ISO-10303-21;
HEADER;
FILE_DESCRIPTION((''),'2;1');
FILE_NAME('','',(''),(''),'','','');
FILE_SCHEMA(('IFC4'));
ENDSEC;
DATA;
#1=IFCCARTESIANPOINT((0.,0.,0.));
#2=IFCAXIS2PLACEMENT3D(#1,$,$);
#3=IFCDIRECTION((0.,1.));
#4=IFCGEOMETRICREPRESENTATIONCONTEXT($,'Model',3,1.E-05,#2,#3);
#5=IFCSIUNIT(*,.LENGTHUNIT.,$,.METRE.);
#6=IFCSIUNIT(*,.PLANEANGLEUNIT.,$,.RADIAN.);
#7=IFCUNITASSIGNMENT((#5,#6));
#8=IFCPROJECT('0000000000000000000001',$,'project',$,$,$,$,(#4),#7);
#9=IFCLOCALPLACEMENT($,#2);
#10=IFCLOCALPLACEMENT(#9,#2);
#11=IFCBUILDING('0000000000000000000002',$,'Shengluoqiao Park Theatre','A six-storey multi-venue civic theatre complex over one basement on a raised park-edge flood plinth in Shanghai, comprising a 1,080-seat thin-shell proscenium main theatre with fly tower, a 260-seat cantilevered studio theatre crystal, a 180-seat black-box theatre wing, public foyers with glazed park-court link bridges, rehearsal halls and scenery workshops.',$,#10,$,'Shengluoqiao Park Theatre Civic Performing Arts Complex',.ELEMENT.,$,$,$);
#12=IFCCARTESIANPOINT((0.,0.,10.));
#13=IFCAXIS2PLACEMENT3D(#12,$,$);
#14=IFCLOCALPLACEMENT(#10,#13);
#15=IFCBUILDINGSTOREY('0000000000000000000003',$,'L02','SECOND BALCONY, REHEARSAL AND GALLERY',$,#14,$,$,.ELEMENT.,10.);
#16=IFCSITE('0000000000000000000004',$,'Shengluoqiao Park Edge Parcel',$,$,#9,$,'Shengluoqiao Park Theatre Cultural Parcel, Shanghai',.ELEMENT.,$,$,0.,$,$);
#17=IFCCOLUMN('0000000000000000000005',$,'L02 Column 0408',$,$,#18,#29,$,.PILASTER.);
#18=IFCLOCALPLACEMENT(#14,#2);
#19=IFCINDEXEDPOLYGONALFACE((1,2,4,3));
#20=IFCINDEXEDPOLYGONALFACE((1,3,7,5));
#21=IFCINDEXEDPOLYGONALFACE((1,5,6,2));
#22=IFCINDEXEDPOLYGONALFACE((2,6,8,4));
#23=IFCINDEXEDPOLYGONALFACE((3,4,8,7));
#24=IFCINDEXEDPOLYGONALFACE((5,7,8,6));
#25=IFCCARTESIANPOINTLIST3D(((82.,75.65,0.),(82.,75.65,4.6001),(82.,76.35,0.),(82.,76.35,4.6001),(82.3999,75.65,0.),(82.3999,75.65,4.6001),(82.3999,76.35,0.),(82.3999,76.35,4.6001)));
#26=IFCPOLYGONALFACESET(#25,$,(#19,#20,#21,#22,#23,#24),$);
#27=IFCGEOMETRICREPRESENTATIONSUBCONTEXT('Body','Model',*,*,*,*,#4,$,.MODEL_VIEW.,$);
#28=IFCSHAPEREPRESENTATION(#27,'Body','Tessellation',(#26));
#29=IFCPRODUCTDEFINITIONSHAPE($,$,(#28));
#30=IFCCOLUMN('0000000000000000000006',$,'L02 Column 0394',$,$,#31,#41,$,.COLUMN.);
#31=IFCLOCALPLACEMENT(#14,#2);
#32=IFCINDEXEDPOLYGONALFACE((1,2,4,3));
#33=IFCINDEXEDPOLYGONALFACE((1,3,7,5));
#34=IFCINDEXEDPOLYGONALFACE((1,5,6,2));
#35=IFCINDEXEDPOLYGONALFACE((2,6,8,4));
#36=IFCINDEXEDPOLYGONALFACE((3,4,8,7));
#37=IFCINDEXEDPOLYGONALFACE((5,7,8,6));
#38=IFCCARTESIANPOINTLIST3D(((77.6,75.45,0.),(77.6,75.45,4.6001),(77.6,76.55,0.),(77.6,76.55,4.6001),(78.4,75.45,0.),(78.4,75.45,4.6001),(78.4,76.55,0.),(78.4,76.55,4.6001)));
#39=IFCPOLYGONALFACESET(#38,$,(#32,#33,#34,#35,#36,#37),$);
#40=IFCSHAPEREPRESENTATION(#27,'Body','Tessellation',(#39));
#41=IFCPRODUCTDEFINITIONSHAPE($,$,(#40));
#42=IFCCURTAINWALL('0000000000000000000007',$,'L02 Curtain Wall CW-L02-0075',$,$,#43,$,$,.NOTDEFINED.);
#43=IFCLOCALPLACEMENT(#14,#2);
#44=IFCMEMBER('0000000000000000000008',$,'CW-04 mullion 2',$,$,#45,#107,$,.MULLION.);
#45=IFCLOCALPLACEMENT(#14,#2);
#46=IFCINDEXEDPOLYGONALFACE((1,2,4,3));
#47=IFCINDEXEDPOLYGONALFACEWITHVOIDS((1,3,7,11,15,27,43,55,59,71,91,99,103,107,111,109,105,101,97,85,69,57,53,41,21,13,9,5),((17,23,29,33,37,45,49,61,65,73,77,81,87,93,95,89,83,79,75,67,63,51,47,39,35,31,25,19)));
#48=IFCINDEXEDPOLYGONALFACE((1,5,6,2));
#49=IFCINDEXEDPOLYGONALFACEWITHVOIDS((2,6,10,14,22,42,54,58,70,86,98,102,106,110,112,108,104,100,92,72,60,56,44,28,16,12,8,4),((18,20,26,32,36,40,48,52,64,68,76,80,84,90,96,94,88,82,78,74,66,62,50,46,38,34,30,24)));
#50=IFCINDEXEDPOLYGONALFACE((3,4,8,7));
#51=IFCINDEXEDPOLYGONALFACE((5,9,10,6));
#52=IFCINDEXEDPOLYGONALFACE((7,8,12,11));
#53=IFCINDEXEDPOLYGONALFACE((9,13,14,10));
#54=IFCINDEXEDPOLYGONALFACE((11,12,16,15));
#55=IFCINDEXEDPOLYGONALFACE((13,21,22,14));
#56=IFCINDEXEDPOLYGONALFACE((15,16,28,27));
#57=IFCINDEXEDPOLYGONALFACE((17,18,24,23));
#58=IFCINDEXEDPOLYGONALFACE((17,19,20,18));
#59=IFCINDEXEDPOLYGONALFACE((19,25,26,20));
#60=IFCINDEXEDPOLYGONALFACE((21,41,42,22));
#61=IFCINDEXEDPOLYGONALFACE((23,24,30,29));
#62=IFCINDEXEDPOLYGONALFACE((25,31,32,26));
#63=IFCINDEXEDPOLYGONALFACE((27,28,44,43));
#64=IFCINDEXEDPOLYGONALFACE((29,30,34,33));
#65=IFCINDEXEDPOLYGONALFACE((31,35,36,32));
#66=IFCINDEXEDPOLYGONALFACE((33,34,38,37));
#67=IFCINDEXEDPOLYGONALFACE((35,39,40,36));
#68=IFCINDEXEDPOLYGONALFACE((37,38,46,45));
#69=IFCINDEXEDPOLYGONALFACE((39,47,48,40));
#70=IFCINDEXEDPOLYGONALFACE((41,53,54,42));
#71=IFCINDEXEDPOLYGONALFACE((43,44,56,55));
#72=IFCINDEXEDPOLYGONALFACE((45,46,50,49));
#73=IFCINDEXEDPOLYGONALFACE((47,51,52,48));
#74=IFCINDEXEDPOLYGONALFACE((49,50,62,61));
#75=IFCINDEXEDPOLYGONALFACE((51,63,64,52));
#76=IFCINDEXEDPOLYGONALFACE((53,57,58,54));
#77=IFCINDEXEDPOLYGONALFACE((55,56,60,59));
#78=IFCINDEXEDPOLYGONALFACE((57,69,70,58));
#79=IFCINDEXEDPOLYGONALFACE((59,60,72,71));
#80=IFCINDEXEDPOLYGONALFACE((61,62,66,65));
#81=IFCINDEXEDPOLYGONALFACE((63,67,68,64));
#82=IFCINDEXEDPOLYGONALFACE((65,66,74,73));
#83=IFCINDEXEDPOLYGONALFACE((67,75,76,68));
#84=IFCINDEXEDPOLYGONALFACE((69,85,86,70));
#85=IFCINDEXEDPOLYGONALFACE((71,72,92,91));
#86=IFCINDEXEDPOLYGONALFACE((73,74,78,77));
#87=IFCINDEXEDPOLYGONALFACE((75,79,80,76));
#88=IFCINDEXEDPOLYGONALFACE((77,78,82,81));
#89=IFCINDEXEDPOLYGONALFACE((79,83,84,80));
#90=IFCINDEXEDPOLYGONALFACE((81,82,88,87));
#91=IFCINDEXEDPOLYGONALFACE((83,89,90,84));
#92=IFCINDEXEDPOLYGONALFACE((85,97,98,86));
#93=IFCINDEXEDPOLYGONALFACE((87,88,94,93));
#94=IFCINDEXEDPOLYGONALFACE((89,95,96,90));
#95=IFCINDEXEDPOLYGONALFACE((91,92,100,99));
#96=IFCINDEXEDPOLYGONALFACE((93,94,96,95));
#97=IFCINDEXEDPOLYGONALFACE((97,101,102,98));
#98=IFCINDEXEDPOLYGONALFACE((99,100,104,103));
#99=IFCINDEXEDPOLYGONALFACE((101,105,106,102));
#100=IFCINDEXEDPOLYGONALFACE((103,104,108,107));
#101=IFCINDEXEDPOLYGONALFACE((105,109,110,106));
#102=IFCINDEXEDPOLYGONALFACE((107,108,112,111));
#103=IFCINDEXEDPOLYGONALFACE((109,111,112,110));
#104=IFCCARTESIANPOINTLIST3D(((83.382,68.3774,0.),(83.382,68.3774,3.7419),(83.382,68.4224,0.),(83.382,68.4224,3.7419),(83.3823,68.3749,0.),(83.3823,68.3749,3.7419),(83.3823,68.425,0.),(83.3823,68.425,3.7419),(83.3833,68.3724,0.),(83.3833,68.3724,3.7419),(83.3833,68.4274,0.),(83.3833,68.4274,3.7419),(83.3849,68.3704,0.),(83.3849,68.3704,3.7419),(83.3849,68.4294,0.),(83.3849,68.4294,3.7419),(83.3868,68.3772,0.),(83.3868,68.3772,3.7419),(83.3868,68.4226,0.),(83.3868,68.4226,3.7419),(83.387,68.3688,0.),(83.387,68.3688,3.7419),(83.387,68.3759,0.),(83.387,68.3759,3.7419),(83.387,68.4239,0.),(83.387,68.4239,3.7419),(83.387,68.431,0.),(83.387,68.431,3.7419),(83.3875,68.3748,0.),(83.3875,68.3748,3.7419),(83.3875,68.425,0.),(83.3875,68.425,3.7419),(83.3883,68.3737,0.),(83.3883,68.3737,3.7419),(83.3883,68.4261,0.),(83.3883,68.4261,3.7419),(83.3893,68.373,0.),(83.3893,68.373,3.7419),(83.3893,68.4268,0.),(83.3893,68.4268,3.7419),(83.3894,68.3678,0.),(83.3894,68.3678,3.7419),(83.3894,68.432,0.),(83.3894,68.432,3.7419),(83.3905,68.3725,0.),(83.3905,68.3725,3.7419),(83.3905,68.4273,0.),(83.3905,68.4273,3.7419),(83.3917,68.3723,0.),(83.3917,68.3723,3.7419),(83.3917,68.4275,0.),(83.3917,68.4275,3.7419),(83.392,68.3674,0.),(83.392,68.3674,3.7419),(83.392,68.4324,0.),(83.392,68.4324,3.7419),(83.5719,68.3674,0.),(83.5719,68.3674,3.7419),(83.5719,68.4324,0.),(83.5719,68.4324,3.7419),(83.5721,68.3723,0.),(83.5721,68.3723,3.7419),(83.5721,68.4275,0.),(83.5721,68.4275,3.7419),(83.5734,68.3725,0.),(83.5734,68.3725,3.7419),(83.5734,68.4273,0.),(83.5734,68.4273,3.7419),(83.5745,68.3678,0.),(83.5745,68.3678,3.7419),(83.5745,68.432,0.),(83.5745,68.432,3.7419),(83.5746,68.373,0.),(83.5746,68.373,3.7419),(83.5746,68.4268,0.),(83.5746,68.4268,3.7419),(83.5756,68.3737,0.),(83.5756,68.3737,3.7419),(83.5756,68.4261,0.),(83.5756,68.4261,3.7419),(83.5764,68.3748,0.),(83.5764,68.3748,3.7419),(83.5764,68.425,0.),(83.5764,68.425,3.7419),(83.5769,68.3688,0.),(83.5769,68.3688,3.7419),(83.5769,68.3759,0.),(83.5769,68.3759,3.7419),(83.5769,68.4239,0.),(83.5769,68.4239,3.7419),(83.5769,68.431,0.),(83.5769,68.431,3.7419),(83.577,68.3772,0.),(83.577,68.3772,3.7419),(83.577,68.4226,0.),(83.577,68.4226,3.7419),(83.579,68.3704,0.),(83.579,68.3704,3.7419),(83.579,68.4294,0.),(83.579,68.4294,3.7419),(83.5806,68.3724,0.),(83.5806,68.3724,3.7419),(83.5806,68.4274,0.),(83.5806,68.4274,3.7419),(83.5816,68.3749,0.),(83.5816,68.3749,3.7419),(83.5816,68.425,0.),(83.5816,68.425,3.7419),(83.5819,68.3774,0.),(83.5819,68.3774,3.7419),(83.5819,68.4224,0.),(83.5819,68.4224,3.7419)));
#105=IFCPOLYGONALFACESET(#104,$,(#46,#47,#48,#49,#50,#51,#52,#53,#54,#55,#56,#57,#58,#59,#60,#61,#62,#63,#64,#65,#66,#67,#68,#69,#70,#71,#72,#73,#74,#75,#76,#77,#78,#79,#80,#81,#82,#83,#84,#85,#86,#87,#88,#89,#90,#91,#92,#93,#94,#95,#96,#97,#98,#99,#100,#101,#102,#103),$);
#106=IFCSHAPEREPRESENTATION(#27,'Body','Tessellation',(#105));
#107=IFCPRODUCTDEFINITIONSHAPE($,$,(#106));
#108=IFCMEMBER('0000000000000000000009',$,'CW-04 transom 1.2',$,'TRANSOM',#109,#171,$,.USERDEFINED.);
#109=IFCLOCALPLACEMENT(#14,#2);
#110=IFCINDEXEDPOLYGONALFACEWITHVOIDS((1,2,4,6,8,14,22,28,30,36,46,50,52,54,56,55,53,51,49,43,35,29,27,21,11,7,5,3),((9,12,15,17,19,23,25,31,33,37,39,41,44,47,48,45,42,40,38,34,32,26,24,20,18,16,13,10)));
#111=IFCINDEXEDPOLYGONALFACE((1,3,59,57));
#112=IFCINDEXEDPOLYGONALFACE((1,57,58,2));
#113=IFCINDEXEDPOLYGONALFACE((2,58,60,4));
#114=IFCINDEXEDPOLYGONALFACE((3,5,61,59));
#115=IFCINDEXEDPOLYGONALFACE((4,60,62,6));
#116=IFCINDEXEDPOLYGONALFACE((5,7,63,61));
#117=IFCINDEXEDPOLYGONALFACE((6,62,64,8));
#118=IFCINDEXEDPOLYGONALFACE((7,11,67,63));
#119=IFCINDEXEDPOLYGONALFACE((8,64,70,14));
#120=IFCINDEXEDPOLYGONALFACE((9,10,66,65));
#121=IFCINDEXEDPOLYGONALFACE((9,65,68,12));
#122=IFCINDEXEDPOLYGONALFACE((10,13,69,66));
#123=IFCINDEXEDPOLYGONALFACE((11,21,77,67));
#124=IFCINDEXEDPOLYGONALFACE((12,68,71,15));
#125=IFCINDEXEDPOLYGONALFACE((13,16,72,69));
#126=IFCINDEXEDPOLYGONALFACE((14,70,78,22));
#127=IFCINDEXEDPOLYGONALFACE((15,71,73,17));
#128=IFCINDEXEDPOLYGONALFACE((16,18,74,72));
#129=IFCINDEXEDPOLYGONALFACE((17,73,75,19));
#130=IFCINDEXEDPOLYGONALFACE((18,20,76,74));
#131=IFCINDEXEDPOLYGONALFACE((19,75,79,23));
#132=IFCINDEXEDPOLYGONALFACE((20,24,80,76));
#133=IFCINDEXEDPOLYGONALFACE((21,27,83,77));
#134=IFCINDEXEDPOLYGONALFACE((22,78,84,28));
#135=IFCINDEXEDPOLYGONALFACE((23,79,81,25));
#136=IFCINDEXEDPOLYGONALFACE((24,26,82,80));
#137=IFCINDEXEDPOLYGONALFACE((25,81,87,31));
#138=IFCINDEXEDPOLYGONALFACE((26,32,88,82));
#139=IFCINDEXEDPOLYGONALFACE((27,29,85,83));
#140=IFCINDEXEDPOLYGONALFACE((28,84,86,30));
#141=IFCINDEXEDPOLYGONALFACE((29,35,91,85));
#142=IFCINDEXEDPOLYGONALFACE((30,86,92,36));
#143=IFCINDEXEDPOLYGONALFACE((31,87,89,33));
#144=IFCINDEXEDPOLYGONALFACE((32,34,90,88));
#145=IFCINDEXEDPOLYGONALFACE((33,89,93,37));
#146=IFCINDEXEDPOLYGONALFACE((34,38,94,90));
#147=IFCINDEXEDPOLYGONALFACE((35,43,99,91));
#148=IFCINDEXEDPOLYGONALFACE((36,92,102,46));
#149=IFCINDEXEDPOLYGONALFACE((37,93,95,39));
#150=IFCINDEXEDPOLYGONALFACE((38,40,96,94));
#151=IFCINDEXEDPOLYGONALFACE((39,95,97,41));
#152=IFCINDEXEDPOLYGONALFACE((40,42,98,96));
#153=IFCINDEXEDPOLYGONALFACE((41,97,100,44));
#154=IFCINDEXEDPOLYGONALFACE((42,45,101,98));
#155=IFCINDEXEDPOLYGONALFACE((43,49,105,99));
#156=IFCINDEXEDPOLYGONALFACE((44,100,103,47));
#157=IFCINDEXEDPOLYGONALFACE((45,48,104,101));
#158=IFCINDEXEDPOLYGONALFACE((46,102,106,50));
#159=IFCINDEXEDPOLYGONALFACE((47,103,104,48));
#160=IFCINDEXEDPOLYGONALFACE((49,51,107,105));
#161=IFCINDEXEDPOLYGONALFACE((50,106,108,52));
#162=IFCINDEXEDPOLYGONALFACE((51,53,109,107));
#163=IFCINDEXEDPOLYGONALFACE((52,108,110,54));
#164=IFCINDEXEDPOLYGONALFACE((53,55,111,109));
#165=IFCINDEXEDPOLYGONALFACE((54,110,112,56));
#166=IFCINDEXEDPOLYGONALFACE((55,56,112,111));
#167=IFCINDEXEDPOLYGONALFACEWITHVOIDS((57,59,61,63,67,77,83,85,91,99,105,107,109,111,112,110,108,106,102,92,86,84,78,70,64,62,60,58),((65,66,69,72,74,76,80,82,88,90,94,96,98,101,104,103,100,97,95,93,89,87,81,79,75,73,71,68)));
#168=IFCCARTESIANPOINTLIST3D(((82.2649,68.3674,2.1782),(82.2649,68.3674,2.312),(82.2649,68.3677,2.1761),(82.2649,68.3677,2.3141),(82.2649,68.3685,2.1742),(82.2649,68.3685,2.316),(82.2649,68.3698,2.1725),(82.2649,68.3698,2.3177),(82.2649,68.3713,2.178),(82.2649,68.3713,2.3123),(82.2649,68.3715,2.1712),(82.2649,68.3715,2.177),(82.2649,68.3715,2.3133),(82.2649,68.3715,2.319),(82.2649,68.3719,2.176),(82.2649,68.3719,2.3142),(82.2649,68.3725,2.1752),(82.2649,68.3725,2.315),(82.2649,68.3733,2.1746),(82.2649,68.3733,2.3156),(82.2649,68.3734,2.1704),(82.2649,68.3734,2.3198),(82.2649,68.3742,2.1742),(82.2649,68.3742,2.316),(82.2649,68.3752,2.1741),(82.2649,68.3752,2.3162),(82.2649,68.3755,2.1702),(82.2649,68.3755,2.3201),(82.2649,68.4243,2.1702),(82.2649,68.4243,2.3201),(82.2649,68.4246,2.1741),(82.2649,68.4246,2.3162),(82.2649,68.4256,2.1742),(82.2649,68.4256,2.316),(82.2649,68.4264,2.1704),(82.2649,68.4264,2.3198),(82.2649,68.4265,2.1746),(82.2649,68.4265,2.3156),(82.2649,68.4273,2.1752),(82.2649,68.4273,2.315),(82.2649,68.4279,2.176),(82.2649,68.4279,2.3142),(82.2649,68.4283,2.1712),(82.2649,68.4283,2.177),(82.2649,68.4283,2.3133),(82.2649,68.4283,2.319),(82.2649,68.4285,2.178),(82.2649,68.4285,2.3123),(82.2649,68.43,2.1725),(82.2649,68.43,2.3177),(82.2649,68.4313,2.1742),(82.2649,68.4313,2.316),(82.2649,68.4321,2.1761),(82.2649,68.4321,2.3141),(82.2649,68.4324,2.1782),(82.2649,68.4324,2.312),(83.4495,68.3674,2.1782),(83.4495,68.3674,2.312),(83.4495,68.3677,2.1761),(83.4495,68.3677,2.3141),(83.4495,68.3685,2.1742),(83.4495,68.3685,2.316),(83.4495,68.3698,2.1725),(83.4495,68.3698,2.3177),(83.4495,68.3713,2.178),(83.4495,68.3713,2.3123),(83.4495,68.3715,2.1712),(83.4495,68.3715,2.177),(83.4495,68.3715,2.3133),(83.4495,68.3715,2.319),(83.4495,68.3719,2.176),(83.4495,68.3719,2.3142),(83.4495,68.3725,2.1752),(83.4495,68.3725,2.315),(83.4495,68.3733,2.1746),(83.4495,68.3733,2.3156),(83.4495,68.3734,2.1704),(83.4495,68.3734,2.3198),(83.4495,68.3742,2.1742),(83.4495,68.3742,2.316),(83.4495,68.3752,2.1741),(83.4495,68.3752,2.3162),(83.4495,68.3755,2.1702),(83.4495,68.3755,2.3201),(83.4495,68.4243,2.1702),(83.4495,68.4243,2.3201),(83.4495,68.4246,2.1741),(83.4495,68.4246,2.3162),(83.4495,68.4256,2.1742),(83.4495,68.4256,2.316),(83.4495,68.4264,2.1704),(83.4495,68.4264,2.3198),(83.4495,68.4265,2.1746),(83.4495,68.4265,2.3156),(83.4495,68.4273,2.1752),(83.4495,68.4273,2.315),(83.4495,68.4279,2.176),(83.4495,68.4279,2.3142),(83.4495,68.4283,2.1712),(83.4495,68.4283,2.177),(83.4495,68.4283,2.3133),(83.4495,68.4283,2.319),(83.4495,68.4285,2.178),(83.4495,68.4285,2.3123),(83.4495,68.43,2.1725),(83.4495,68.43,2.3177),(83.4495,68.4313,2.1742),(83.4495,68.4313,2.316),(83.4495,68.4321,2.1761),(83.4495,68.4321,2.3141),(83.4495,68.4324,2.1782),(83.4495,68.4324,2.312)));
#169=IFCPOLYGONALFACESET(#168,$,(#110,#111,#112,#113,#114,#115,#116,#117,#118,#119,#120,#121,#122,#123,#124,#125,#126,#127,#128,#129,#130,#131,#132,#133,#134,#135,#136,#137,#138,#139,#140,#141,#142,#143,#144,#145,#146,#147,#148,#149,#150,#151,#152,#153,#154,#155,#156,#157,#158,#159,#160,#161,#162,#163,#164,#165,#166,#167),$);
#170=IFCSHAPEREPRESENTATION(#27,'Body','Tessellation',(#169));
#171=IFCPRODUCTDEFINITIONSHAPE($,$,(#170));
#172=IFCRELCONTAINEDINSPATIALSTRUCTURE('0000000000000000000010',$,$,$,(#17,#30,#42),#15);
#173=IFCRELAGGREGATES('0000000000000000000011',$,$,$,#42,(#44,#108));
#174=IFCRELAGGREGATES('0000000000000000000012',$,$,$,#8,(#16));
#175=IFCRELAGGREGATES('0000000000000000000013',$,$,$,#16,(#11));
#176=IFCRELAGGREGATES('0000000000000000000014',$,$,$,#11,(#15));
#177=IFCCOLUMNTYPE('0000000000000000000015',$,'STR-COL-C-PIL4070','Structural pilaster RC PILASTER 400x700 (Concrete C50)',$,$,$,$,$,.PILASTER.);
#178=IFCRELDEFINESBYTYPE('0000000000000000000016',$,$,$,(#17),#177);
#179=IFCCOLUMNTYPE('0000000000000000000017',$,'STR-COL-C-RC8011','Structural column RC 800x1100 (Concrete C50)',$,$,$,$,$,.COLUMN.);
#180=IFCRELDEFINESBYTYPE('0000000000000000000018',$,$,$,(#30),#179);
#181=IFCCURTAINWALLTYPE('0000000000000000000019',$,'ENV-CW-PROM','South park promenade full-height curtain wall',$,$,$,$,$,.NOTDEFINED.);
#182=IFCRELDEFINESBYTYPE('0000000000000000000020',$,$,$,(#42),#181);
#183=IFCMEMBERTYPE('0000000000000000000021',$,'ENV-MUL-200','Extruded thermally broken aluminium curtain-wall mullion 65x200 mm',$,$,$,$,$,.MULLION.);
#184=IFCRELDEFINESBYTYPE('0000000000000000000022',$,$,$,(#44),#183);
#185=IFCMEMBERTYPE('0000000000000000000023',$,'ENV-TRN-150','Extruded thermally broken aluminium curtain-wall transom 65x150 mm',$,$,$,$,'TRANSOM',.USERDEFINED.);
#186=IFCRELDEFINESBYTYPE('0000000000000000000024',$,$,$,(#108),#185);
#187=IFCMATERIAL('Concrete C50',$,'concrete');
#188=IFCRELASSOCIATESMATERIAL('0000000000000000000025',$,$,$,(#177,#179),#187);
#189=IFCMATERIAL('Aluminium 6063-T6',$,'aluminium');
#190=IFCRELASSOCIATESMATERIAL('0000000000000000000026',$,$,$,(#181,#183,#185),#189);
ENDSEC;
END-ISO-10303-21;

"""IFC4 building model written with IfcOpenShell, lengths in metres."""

from ifc_helpers import new_model, si_unit, direction, frame, origin, origin_2d, place, context, subcontext, project, spatial, rectangle, hollow_rectangle, extrude, material, material_profile, profile_set, type_object, element, aggregate, save


model = new_model("IFC4")

# Units and contexts
model_context = context("Model", 3, precision=1e-05, world=origin(), true_north=direction((0.0, 1.0)))
body_context = subcontext(model_context, "Body", "Model", "MODEL_VIEW")
ifc_project = project(units=[si_unit("LENGTHUNIT", "METRE"), si_unit("PLANEANGLEUNIT", "RADIAN")], contexts=[model_context])

# Site, building, storey
site_placement = place(None, origin())
site = spatial("IfcSite", under=ifc_project, at=site_placement, Name="Shengluoqiao Park Edge Parcel", LongName="Shengluoqiao Park Theatre Cultural Parcel, Shanghai", CompositionType="ELEMENT", RefElevation=0.0)
building_placement = place(site_placement, origin())
building = spatial("IfcBuilding", under=site, at=building_placement, Name="Shengluoqiao Park Theatre", Description="A six-storey multi-venue civic theatre complex over one basement on a raised park-edge flood plinth in Shanghai, comprising a 1,080-seat thin-shell proscenium main theatre with fly tower, a 260-seat cantilevered studio theatre crystal, a 180-seat black-box theatre wing, public foyers with glazed park-court link bridges, rehearsal halls and scenery workshops.", LongName="Shengluoqiao Park Theatre Civic Performing Arts Complex", CompositionType="ELEMENT")
storey_placement = place(building_placement, frame((0.0, 0.0, 10.0)))
storey = spatial("IfcBuildingStorey", under=building, at=storey_placement, Name="L02", Description="SECOND BALCONY, REHEARSAL AND GALLERY", CompositionType="ELEMENT", Elevation=10.0)

# Columns
ifc_material_1 = material(Name="Concrete C50", Category="concrete")
ifc_material_profile_1 = material_profile(ifc_material_1, rectangle(XDim=0.3999, YDim=0.7, at=origin_2d()), Name="RC PILASTER 400x700")
ifc_profile_set_1 = profile_set([ifc_material_profile_1], Name="Concrete C50")
column_type_1 = type_object("IfcColumnType", Name="STR-COL-C-PIL4070", Description="Structural pilaster RC PILASTER 400x700 (Concrete C50)", PredefinedType="PILASTER", material=ifc_profile_set_1)
column_1_placement = place(storey_placement, frame((82.2, 76.0, 0.0), z_axis=(0.0, 0.0, 1.0), x_axis=(1.0, 0.0, 0.0)))
element("IfcColumn", 1, at=column_1_placement, inside=storey, type_object=column_type_1, Name="L02 Column 0408", PredefinedType="PILASTER", context=body_context, shape_type="SweptSolid", body=[
    extrude(rectangle(XDim=0.3999, YDim=0.7, at=origin_2d()), origin(), (0.0, 0.0, 1.0), 4.6001),
])
ifc_material_profile_2 = material_profile(ifc_material_1, rectangle(XDim=0.8, YDim=1.1001, at=origin_2d()), Name="RC 800x1100")
ifc_profile_set_2 = profile_set([ifc_material_profile_2], Name="Concrete C50")
column_type_2 = type_object("IfcColumnType", Name="STR-COL-C-RC8011", Description="Structural column RC 800x1100 (Concrete C50)", PredefinedType="COLUMN", material=ifc_profile_set_2)
column_2_placement = place(storey_placement, frame((78.0, 76.0, 0.0), z_axis=(0.0, 0.0, 1.0), x_axis=(1.0, 0.0, 0.0)))
element("IfcColumn", 2, at=column_2_placement, inside=storey, type_object=column_type_2, Name="L02 Column 0394", PredefinedType="COLUMN", context=body_context, shape_type="SweptSolid", body=[
    extrude(rectangle(XDim=0.8, YDim=1.1001, at=origin_2d()), origin(), (0.0, 0.0, 1.0), 4.6001),
])

# Curtain wall, members
ifc_material_2 = material(Name="Aluminium 6063-T6", Category="aluminium")
curtain_wall_type = type_object("IfcCurtainWallType", Name="ENV-CW-PROM", Description="South park promenade full-height curtain wall", PredefinedType="NOTDEFINED", material=ifc_material_2)
curtain_wall_placement = place(storey_placement, origin())
curtain_wall = element("IfcCurtainWall", 3, at=curtain_wall_placement, inside=storey, type_object=curtain_wall_type, Name="L02 Curtain Wall CW-L02-0075", PredefinedType="NOTDEFINED")
ifc_material_profile_3 = material_profile(ifc_material_2, hollow_rectangle(XDim=0.0649, YDim=0.2, WallThickness=0.0049, InnerFilletRadius=0.0049, OuterFilletRadius=0.01, at=origin_2d()), Name="ALU MULLION 200x65x5")
ifc_profile_set_3 = profile_set([ifc_material_profile_3], Name="Aluminium 6063-T6")
member_type_1 = type_object("IfcMemberType", Name="ENV-MUL-200", Description="Extruded thermally broken aluminium curtain-wall mullion 65x200 mm", PredefinedType="MULLION", material=ifc_profile_set_3)
member_1_placement = place(storey_placement, frame((83.4819, 68.3999, 0.0), z_axis=(0.0, 0.0, 1.0), x_axis=(0.0, 1.0, 0.0)))
member_1 = element("IfcMember", 4, at=member_1_placement, type_object=member_type_1, Name="CW-04 mullion 2", PredefinedType="MULLION", context=body_context, shape_type="SweptSolid", body=[
    extrude(hollow_rectangle(XDim=0.0649, YDim=0.2, WallThickness=0.0049, InnerFilletRadius=0.0049, OuterFilletRadius=0.01, at=origin_2d()), origin(), (0.0, 0.0, 1.0), 3.7419),
])
ifc_material_profile_4 = material_profile(ifc_material_2, hollow_rectangle(XDim=0.0649, YDim=0.1499, WallThickness=0.0039, InnerFilletRadius=0.0039, OuterFilletRadius=0.0081, at=origin_2d()), Name="ALU TRANSOM 150x65x4")
ifc_profile_set_4 = profile_set([ifc_material_profile_4], Name="Aluminium 6063-T6")
member_type_2 = type_object("IfcMemberType", Name="ENV-TRN-150", Description="Extruded thermally broken aluminium curtain-wall transom 65x150 mm", ElementType="TRANSOM", PredefinedType="USERDEFINED", material=ifc_profile_set_4)
member_2_placement = place(storey_placement, frame((82.2649, 68.3999, 2.2451), z_axis=(1.0, 0.0, 0.0), x_axis=(0.0, 1.0, 0.0)))
member_2 = element("IfcMember", 5, at=member_2_placement, type_object=member_type_2, Name="CW-04 transom 1.2", ObjectType="TRANSOM", PredefinedType="USERDEFINED", context=body_context, shape_type="SweptSolid", body=[
    extrude(hollow_rectangle(XDim=0.0649, YDim=0.1499, WallThickness=0.0039, InnerFilletRadius=0.0039, OuterFilletRadius=0.0081, at=origin_2d()), origin(), (0.0, 0.0, 1.0), 1.1846),
])

aggregate(curtain_wall, [member_1, member_2])

save(model, "model.ifc")
